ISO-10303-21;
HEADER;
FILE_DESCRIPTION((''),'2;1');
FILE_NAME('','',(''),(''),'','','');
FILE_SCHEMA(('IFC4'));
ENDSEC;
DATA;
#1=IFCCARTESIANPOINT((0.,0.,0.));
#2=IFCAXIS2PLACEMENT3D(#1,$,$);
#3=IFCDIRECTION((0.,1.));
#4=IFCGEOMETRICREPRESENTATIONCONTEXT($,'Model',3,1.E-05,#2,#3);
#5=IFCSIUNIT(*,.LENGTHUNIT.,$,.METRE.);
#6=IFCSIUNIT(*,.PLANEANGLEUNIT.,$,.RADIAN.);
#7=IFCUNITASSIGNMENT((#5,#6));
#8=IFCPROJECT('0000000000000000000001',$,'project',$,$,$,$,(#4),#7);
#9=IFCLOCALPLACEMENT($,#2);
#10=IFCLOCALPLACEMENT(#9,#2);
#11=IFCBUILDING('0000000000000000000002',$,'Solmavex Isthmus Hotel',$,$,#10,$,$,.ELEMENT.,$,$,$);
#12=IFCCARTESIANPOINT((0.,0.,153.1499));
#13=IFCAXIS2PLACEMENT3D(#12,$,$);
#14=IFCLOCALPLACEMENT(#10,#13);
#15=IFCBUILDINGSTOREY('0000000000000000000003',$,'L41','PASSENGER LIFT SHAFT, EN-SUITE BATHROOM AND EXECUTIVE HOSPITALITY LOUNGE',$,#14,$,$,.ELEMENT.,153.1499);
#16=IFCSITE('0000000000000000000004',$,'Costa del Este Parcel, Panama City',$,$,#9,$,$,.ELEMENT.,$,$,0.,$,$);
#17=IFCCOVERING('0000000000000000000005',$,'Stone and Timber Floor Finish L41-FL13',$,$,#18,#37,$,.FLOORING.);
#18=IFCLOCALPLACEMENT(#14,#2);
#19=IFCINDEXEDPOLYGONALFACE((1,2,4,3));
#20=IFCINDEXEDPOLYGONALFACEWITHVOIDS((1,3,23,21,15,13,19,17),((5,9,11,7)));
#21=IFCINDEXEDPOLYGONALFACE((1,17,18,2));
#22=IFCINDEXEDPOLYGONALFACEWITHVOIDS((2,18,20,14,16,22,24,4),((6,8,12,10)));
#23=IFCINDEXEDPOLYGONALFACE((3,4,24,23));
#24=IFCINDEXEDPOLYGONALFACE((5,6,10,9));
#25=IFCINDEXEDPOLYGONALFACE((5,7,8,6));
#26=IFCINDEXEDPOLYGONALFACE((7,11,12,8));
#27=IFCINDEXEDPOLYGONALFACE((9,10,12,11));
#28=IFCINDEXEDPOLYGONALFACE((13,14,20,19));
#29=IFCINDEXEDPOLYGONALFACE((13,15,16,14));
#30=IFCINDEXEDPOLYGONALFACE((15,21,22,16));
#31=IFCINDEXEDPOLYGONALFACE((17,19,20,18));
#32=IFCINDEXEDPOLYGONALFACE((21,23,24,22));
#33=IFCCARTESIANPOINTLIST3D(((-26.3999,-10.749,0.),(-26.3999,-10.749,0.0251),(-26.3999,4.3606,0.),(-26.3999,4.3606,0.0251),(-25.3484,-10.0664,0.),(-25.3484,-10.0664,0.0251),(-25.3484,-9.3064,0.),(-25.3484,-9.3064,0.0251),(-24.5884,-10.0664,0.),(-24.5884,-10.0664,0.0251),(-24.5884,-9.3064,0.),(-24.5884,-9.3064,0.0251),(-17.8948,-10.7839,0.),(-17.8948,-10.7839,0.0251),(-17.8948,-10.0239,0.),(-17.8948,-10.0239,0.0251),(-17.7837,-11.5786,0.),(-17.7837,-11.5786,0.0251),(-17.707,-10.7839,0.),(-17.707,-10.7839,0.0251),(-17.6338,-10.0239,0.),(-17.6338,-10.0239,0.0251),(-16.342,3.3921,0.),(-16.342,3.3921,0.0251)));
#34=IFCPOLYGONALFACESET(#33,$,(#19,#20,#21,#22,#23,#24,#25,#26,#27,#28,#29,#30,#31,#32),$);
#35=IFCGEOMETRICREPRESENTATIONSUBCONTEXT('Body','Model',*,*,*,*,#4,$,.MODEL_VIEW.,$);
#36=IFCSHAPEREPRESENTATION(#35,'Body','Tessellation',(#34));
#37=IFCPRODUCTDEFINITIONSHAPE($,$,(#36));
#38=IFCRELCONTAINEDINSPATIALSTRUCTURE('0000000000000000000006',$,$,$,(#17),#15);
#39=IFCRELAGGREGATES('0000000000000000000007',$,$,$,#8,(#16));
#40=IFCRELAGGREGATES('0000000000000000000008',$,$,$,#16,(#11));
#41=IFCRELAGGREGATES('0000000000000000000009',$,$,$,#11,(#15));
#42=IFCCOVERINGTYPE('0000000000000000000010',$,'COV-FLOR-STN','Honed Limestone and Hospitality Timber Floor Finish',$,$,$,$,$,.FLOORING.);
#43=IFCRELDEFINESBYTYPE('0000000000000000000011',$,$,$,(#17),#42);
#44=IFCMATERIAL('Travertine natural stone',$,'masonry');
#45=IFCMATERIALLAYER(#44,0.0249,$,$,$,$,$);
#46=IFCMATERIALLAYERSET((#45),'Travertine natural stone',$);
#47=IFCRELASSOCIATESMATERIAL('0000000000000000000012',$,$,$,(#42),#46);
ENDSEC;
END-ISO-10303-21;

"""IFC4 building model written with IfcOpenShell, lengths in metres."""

from ifc_helpers import new_model, si_unit, direction, frame, origin, place, context, subcontext, project, spatial, polyline, outline, extrude, material, layer, layer_set, type_object, element, save


model = new_model("IFC4")

# Units and contexts
model_context = context("Model", 3, precision=1e-05, world=origin(), true_north=direction((0.0, 1.0)))
body_context = subcontext(model_context, "Body", "Model", "MODEL_VIEW")
ifc_project = project(units=[si_unit("LENGTHUNIT", "METRE"), si_unit("PLANEANGLEUNIT", "RADIAN")], contexts=[model_context])

# Site, building, storey
site_placement = place(None, origin())
site = spatial("IfcSite", under=ifc_project, at=site_placement, Name="Costa del Este Parcel, Panama City", CompositionType="ELEMENT", RefElevation=0.0)
building_placement = place(site_placement, origin())
building = spatial("IfcBuilding", under=site, at=building_placement, Name="Solmavex Isthmus Hotel", CompositionType="ELEMENT")
storey_placement = place(building_placement, frame((0.0, 0.0, 153.1499)))
storey = spatial("IfcBuildingStorey", under=building, at=storey_placement, Name="L41", Description="PASSENGER LIFT SHAFT, EN-SUITE BATHROOM AND EXECUTIVE HOSPITALITY LOUNGE", CompositionType="ELEMENT", Elevation=153.1499)

# Covering
ifc_material_1 = material(Name="Travertine natural stone", Category="masonry")
ifc_layer_1 = layer(ifc_material_1, 0.0249)
ifc_layer_set_1 = layer_set([ifc_layer_1], Name="Travertine natural stone")
covering_type_1 = type_object("IfcCoveringType", Name="COV-FLOR-STN", Description="Honed Limestone and Hospitality Timber Floor Finish", PredefinedType="FLOORING", material=ifc_layer_set_1)
covering_1_placement = place(storey_placement, origin())
element("IfcCovering", 1, at=covering_1_placement, inside=storey, type_object=covering_type_1, Name="Stone and Timber Floor Finish L41-FL13", PredefinedType="FLOORING", context=body_context, shape_type="SweptSolid", body=[
    extrude(outline(polyline([(-26.3999, 4.3606), (-26.3999, -10.749), (-17.7837, -11.5786), (-17.707, -10.7839), (-17.8948, -10.7839), (-17.8948, -10.0239), (-17.6338, -10.0239), (-16.342, 3.3921), (-26.3999, 4.3606)]), holes=[polyline([(-25.3484, -10.0664), (-25.3484, -9.3064), (-24.5884, -9.3064), (-24.5884, -10.0664), (-25.3484, -10.0664)])]), origin(), (0.0, 0.0, 1.0), 0.0251),
])

save(model, "model.ifc")
